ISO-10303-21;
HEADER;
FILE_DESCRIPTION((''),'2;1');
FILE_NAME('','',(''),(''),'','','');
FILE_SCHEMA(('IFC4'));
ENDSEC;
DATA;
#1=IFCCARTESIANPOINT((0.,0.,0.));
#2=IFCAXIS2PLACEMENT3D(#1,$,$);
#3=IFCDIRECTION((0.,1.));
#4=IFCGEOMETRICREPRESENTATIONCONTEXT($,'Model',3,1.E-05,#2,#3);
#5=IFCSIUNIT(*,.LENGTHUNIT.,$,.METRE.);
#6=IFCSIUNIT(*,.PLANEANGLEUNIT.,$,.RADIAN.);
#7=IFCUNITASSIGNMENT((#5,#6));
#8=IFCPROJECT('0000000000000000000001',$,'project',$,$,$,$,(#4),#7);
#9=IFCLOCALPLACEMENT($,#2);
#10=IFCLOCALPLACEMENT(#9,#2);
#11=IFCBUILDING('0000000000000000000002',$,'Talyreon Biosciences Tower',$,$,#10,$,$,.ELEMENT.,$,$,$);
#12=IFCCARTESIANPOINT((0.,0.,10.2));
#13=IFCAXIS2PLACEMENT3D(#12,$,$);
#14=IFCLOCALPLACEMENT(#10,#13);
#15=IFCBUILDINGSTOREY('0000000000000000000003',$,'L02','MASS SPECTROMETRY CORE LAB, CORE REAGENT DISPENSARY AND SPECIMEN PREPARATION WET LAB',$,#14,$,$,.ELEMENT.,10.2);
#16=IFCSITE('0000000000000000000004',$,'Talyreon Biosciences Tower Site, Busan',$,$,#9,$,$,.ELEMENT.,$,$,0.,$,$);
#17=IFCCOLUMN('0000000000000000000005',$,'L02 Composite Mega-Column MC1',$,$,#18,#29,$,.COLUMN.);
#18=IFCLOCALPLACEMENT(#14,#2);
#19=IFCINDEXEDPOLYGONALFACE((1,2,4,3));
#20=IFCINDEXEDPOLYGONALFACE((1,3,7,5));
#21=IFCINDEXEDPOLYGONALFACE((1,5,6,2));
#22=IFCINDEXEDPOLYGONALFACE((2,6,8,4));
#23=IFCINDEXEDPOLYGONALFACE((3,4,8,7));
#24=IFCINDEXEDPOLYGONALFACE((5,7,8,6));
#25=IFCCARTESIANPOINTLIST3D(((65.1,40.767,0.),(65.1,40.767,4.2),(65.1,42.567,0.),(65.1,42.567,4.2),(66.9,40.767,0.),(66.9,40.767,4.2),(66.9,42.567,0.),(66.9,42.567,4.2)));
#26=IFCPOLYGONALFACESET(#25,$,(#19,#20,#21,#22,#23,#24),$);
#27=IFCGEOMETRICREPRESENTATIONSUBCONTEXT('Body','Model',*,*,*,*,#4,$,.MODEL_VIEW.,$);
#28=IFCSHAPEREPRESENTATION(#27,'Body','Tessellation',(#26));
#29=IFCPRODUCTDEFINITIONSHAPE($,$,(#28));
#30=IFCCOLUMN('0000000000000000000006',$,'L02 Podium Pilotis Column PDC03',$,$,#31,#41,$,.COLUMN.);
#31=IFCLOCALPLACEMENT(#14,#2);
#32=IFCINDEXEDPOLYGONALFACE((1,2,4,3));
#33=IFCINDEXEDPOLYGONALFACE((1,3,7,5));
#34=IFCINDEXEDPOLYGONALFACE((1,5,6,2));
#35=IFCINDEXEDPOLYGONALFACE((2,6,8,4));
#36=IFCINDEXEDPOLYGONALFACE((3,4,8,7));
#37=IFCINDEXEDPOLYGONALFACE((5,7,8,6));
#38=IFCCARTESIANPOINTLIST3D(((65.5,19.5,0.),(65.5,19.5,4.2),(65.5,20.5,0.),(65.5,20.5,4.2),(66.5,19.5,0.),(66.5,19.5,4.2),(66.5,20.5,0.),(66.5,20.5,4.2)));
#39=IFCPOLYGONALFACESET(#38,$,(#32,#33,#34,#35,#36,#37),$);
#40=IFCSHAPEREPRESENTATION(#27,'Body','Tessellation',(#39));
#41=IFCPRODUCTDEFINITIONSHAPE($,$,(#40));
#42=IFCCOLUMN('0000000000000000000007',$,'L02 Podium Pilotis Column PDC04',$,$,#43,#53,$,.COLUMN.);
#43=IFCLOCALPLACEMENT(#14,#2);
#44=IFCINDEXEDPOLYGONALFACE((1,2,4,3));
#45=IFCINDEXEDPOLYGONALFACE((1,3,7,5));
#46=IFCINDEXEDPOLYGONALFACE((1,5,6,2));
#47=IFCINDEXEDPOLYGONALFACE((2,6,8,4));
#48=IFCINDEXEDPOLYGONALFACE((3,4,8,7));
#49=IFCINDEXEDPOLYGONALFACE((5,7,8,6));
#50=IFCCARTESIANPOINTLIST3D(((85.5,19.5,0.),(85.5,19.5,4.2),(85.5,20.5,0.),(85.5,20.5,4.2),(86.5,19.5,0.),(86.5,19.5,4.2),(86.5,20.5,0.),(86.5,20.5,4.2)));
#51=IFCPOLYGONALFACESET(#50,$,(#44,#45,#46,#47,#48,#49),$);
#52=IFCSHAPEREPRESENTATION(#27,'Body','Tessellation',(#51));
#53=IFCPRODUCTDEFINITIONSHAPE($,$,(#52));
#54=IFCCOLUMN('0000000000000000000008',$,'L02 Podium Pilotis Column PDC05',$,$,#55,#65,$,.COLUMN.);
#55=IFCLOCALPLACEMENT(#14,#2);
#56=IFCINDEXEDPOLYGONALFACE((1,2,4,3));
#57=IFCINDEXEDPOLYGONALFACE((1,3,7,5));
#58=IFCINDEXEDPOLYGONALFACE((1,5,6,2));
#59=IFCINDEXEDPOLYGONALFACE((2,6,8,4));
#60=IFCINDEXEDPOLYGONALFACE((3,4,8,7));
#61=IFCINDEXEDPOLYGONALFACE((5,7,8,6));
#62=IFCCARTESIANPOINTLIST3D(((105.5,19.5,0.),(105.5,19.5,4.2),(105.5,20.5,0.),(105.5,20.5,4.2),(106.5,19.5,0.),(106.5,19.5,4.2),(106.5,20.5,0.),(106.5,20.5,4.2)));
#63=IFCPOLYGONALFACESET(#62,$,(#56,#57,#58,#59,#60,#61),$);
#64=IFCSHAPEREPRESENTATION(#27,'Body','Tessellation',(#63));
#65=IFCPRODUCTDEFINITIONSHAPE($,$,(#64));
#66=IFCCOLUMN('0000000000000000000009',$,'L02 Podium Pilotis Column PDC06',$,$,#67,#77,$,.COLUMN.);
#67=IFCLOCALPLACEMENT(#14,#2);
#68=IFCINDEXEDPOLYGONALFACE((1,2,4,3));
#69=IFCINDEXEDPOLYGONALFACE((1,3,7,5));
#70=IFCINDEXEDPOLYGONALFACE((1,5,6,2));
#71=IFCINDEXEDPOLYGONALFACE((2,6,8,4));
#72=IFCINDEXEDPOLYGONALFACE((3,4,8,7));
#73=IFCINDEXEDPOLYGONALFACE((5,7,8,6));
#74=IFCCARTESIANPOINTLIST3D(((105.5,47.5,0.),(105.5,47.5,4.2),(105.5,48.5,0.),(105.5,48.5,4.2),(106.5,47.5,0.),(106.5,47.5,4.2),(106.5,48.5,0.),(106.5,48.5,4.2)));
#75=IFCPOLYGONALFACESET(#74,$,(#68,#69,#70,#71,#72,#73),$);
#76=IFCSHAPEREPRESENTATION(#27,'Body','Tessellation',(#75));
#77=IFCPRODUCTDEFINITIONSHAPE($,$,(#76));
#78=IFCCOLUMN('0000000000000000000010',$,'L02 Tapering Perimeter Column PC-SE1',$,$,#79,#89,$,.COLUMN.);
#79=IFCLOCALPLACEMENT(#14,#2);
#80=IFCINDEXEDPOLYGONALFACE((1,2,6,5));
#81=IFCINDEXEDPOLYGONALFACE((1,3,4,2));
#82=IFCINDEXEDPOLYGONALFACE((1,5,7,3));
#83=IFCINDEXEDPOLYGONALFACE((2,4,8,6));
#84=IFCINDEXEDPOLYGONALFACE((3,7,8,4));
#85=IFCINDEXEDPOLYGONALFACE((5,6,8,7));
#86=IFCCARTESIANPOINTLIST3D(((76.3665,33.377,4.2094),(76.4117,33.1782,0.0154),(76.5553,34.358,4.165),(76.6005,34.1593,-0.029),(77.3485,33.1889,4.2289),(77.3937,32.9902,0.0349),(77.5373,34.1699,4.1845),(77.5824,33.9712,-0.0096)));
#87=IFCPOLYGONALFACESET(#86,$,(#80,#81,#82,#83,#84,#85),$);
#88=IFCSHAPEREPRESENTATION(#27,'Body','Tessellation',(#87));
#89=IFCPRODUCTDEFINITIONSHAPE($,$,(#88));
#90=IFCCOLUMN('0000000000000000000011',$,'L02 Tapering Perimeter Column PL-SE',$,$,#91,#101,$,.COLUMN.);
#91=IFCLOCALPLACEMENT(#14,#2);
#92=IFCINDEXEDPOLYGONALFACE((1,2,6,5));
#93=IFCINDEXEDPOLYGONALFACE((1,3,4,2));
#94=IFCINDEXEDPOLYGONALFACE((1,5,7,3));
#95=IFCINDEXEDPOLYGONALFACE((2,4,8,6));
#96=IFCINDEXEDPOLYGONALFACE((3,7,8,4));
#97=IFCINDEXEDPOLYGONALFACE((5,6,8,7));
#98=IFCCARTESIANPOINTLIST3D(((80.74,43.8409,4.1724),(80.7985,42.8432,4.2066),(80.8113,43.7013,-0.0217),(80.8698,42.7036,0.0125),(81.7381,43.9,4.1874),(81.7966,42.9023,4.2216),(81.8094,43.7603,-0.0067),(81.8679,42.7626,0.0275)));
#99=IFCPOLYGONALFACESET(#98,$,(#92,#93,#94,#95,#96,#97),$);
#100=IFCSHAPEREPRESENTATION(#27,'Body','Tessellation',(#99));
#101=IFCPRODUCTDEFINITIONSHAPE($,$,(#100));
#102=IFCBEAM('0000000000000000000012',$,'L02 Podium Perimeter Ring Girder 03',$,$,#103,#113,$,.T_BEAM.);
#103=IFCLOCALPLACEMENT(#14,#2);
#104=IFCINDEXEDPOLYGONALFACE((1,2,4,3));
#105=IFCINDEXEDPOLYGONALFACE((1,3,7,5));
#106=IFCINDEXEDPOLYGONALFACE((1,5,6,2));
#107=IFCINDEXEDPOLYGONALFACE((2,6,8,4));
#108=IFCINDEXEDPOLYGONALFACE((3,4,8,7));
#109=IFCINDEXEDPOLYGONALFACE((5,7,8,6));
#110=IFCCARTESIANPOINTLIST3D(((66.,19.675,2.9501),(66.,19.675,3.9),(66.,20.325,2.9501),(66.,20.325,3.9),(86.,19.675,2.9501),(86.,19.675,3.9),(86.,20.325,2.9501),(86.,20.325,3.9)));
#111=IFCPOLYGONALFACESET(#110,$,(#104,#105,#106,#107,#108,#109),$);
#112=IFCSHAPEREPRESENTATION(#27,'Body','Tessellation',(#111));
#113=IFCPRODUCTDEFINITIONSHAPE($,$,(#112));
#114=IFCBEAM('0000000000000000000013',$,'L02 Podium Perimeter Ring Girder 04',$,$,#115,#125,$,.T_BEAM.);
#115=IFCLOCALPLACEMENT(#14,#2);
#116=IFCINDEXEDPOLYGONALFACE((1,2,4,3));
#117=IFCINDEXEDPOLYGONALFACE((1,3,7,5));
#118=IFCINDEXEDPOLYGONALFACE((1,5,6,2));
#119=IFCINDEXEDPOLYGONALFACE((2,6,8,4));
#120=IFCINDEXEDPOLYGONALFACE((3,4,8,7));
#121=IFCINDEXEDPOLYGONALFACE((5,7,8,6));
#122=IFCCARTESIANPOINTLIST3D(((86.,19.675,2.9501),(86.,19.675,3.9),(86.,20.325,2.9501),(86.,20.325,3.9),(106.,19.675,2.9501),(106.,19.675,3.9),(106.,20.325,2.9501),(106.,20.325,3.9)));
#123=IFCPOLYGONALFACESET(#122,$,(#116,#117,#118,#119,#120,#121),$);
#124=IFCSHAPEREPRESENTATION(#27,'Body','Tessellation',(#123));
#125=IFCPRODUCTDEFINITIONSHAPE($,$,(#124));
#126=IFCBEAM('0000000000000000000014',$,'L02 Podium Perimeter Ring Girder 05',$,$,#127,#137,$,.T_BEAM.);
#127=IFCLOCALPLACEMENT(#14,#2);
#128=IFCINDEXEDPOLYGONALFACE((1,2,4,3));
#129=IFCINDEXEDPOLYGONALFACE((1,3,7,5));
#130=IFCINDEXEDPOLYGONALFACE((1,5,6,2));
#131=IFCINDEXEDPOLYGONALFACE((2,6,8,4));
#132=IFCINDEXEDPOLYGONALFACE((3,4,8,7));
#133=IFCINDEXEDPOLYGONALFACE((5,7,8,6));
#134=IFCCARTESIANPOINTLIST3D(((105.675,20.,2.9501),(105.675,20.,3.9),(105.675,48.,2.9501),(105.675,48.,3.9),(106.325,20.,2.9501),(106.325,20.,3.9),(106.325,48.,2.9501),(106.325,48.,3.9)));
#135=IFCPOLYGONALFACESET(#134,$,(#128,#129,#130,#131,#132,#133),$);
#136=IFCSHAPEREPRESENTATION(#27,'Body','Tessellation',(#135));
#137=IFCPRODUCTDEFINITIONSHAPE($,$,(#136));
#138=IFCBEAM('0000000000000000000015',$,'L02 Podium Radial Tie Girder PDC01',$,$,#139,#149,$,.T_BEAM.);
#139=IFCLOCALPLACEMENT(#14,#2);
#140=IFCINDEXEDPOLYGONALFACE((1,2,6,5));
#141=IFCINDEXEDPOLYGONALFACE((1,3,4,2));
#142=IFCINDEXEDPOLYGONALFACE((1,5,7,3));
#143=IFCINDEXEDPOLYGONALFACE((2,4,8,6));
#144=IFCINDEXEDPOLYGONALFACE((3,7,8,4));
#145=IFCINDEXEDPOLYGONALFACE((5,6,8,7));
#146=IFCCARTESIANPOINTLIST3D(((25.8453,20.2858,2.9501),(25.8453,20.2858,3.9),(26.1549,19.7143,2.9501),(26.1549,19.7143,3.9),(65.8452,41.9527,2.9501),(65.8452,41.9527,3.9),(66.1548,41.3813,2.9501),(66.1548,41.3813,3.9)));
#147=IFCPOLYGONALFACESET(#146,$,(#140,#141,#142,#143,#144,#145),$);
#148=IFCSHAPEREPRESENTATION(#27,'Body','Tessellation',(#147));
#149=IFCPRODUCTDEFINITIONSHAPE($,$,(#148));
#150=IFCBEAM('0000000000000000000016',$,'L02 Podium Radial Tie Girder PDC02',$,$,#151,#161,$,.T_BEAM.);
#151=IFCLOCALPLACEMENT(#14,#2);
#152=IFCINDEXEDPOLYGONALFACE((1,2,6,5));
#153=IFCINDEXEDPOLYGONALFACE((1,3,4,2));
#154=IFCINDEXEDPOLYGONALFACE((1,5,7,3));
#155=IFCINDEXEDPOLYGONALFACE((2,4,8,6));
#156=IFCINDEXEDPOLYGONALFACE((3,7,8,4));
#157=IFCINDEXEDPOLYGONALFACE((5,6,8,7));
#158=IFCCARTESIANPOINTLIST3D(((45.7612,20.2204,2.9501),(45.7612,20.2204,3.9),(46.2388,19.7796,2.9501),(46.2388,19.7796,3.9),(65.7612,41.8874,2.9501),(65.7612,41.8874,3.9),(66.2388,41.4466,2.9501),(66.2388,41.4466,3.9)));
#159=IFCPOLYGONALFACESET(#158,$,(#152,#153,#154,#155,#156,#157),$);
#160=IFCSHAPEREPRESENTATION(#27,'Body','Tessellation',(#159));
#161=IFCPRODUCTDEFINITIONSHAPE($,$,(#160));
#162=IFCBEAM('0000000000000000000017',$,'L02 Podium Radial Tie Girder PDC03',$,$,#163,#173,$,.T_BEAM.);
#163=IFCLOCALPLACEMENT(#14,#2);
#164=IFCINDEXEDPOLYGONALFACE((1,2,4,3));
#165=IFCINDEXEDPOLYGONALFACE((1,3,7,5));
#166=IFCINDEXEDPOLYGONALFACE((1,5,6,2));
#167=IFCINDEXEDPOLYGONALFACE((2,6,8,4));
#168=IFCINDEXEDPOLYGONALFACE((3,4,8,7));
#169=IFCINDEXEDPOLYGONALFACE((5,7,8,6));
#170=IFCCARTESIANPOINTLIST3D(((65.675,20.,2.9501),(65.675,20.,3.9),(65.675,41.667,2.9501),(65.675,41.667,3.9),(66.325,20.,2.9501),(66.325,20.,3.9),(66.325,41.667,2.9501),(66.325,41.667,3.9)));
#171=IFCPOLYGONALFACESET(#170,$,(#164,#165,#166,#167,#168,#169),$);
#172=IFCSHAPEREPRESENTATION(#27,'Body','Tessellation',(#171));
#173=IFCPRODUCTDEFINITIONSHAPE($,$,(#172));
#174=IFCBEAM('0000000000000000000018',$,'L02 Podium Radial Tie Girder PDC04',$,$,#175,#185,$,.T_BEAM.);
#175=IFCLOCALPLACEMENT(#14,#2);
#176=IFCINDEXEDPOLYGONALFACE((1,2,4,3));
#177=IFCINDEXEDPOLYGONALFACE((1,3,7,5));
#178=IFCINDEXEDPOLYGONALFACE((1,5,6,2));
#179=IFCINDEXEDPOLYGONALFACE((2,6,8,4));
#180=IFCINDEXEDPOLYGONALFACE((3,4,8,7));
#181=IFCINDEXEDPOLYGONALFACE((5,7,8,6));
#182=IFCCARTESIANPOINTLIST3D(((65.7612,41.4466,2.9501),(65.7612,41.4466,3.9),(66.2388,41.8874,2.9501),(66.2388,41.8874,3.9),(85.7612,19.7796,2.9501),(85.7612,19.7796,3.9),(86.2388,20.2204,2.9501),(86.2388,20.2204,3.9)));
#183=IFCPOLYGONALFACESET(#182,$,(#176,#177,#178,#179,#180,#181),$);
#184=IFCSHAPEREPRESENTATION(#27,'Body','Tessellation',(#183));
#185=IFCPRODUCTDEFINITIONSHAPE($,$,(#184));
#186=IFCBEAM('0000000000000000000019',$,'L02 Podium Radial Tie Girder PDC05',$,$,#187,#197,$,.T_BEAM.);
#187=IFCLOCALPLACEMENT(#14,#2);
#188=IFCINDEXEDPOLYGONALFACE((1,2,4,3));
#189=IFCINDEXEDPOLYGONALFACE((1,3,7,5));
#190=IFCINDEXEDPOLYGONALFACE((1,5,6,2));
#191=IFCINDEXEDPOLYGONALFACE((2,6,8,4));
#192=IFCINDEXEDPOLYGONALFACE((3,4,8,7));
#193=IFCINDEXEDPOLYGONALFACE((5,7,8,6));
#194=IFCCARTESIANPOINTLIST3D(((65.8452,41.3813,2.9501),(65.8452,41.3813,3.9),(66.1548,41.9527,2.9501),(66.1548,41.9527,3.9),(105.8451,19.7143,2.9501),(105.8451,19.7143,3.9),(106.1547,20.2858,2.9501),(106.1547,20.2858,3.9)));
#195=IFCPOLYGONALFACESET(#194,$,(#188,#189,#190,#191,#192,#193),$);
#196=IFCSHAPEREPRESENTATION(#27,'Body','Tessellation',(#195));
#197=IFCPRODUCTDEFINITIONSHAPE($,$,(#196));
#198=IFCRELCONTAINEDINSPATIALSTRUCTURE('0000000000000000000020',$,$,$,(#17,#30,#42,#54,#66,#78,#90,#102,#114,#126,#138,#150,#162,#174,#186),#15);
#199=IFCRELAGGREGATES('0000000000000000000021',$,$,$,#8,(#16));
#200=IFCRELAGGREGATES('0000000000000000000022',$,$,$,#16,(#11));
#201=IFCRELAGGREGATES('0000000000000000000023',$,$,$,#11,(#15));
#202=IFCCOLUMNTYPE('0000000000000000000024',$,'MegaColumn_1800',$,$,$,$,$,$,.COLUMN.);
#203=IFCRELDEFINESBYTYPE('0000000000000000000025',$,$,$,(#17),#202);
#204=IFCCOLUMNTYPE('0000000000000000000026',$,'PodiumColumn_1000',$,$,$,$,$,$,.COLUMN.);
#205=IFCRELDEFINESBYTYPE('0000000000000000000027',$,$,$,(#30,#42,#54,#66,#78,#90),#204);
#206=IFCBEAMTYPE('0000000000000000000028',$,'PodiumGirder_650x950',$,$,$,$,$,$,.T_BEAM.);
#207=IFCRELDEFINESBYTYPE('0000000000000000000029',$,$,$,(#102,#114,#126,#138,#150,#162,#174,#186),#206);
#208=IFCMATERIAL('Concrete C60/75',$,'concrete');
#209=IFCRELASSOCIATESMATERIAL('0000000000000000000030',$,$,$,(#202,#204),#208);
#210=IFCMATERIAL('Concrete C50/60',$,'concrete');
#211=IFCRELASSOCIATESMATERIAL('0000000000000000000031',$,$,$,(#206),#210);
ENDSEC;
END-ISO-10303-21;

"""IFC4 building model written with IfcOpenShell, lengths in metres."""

from ifc_helpers import new_model, si_unit, direction, frame, origin, origin_2d, place, context, subcontext, project, spatial, rectangle, extrude, material, material_profile, profile_set, type_object, element, save


model = new_model("IFC4")

# Units and contexts
model_context = context("Model", 3, precision=1e-05, world=origin(), true_north=direction((0.0, 1.0)))
body_context = subcontext(model_context, "Body", "Model", "MODEL_VIEW")
ifc_project = project(units=[si_unit("LENGTHUNIT", "METRE"), si_unit("PLANEANGLEUNIT", "RADIAN")], contexts=[model_context])

# Site, building, storey
site_placement = place(None, origin())
site = spatial("IfcSite", under=ifc_project, at=site_placement, Name="Talyreon Biosciences Tower Site, Busan", CompositionType="ELEMENT", RefElevation=0.0)
building_placement = place(site_placement, origin())
building = spatial("IfcBuilding", under=site, at=building_placement, Name="Talyreon Biosciences Tower", CompositionType="ELEMENT")
storey_placement = place(building_placement, frame((0.0, 0.0, 10.2)))
storey = spatial("IfcBuildingStorey", under=building, at=storey_placement, Name="L02", Description="MASS SPECTROMETRY CORE LAB, CORE REAGENT DISPENSARY AND SPECIMEN PREPARATION WET LAB", CompositionType="ELEMENT", Elevation=10.2)

# Columns
ifc_material_1 = material(Name="Concrete C60/75", Category="concrete")
ifc_material_profile_1 = material_profile(ifc_material_1, rectangle(XDim=1.8, YDim=1.8, at=origin_2d()), Name="RC 1800x1800")
ifc_profile_set_1 = profile_set([ifc_material_profile_1], Name="Concrete C60/75")
column_type_1 = type_object("IfcColumnType", Name="MegaColumn_1800", PredefinedType="COLUMN", material=ifc_profile_set_1)
column_1_placement = place(storey_placement, frame((66.0, 41.667, 0.0), z_axis=(0.0, 0.0, 1.0), x_axis=(1.0, 0.0, 0.0)))
element("IfcColumn", 1, at=column_1_placement, inside=storey, type_object=column_type_1, Name="L02 Composite Mega-Column MC1", PredefinedType="COLUMN", context=body_context, shape_type="SweptSolid", body=[
    extrude(rectangle(XDim=1.8, YDim=1.8, at=origin_2d()), origin(), (0.0, 0.0, 1.0), 4.2),
])
ifc_material_profile_2 = material_profile(ifc_material_1, rectangle(XDim=1.0, YDim=1.0, at=origin_2d()), Name="RC 1000x1000")
ifc_profile_set_2 = profile_set([ifc_material_profile_2], Name="Concrete C60/75")
column_type_2 = type_object("IfcColumnType", Name="PodiumColumn_1000", PredefinedType="COLUMN", material=ifc_profile_set_2)
for number, where, z_axis, x_axis, name in (
    (2, (66.0, 20.0, 0.0), (0.0, 0.0, 1.0), (1.0, 0.0, 0.0), "L02 Podium Pilotis Column PDC03"),
    (3, (86.0, 20.0, 0.0), (0.0, 0.0, 1.0), (1.0, 0.0, 0.0), "L02 Podium Pilotis Column PDC04"),
    (4, (106.0, 20.0, 0.0), (0.0, 0.0, 1.0), (1.0, 0.0, 0.0), "L02 Podium Pilotis Column PDC05"),
    (5, (106.0, 48.0, 0.0), (0.0, 0.0, 1.0), (1.0, 0.0, 0.0), "L02 Podium Pilotis Column PDC06"),
):
    element("IfcColumn", number, at=place(storey_placement, frame(where, z_axis=z_axis, x_axis=x_axis)), inside=storey, type_object=column_type_2, Name=name, PredefinedType="COLUMN", context=body_context, shape_type="SweptSolid", body=[
        extrude(rectangle(XDim=1.0, YDim=1.0, at=origin_2d()), origin(), (0.0, 0.0, 1.0), 4.2),
    ])
column_2_placement = place(storey_placement, frame((76.9971, 33.5747, 0.0029), z_axis=(-0.010756, 0.047328, 0.998822), x_axis=(-0.188782, -0.981013, 0.044451)))
element("IfcColumn", 6, at=column_2_placement, inside=storey, type_object=column_type_2, Name="L02 Tapering Perimeter Column PC-SE1", PredefinedType="COLUMN", context=body_context, shape_type="SweptSolid", body=[
    extrude(rectangle(XDim=1.0, YDim=1.0, at=origin_2d()), origin(), (0.0, 0.0, 1.0), 4.199),
])
column_3_placement = place(storey_placement, frame((81.3396, 43.2319, 0.0029), z_axis=(-0.016986, 0.033273, 0.999302), x_axis=(0.058525, -0.997699, 0.034215)))
element("IfcColumn", 7, at=column_3_placement, inside=storey, type_object=column_type_2, Name="L02 Tapering Perimeter Column PL-SE", PredefinedType="COLUMN", context=body_context, shape_type="SweptSolid", body=[
    extrude(rectangle(XDim=1.0, YDim=1.0, at=origin_2d()), origin(), (0.0, 0.0, 1.0), 4.197),
])

# Beams
ifc_material_2 = material(Name="Concrete C50/60", Category="concrete")
ifc_material_profile_3 = material_profile(ifc_material_2, rectangle(XDim=0.6499, YDim=0.95, at=origin_2d()), Name="RCB 650x950")
ifc_profile_set_3 = profile_set([ifc_material_profile_3], Name="Concrete C50/60")
beam_type_1 = type_object("IfcBeamType", Name="PodiumGirder_650x950", PredefinedType="T_BEAM", material=ifc_profile_set_3)
for number, where, z_axis, x_axis, name in (
    (8, (66.0, 20.0, 3.425), (1.0, 0.0, 0.0), (0.0, 1.0, 0.0), "L02 Podium Perimeter Ring Girder 03"),
    (9, (86.0, 20.0, 3.425), (1.0, 0.0, 0.0), (0.0, 1.0, 0.0), "L02 Podium Perimeter Ring Girder 04"),
):
    element("IfcBeam", number, at=place(storey_placement, frame(where, z_axis=z_axis, x_axis=x_axis)), inside=storey, type_object=beam_type_1, Name=name, PredefinedType="T_BEAM", context=body_context, shape_type="SweptSolid", body=[
        extrude(rectangle(XDim=0.6499, YDim=0.95, at=origin_2d()), origin(), (0.0, 0.0, 1.0), 20.0),
    ])
beam_1_placement = place(storey_placement, frame((106.0, 20.0, 3.425), z_axis=(0.0, 1.0, 0.0), x_axis=(-1.0, 0.0, 0.0)))
element("IfcBeam", 10, at=beam_1_placement, inside=storey, type_object=beam_type_1, Name="L02 Podium Perimeter Ring Girder 05", PredefinedType="T_BEAM", context=body_context, shape_type="SweptSolid", body=[
    extrude(rectangle(XDim=0.6499, YDim=0.95, at=origin_2d()), origin(), (0.0, 0.0, 1.0), 28.0),
])
beam_2_placement = place(storey_placement, frame((66.0, 41.667, 3.425), z_axis=(-0.879289, -0.476289, 0.0), x_axis=(0.476289, -0.879289, 0.0)))
element("IfcBeam", 11, at=beam_2_placement, inside=storey, type_object=beam_type_1, Name="L02 Podium Radial Tie Girder PDC01", PredefinedType="T_BEAM", context=body_context, shape_type="SweptSolid", body=[
    extrude(rectangle(XDim=0.6499, YDim=0.95, at=origin_2d()), origin(), (0.0, 0.0, 1.0), 45.4912),
])
beam_3_placement = place(storey_placement, frame((66.0, 41.667, 3.425), z_axis=(-0.678275, -0.734809, 0.0), x_axis=(0.734809, -0.678275, 0.0)))
element("IfcBeam", 12, at=beam_3_placement, inside=storey, type_object=beam_type_1, Name="L02 Podium Radial Tie Girder PDC02", PredefinedType="T_BEAM", context=body_context, shape_type="SweptSolid", body=[
    extrude(rectangle(XDim=0.6499, YDim=0.95, at=origin_2d()), origin(), (0.0, 0.0, 1.0), 29.4866),
])
beam_4_placement = place(storey_placement, frame((66.0, 41.667, 3.425), z_axis=(0.0, -1.0, 0.0), x_axis=(1.0, 0.0, 0.0)))
element("IfcBeam", 13, at=beam_4_placement, inside=storey, type_object=beam_type_1, Name="L02 Podium Radial Tie Girder PDC03", PredefinedType="T_BEAM", context=body_context, shape_type="SweptSolid", body=[
    extrude(rectangle(XDim=0.6499, YDim=0.95, at=origin_2d()), origin(), (0.0, 0.0, 1.0), 21.667),
])
beam_5_placement = place(storey_placement, frame((66.0, 41.667, 3.425), z_axis=(0.678275, -0.734809, 0.0), x_axis=(0.734809, 0.678275, 0.0)))
element("IfcBeam", 14, at=beam_5_placement, inside=storey, type_object=beam_type_1, Name="L02 Podium Radial Tie Girder PDC04", PredefinedType="T_BEAM", context=body_context, shape_type="SweptSolid", body=[
    extrude(rectangle(XDim=0.6499, YDim=0.95, at=origin_2d()), origin(), (0.0, 0.0, 1.0), 29.4866),
])
beam_6_placement = place(storey_placement, frame((66.0, 41.667, 3.425), z_axis=(0.879289, -0.476289, 0.0), x_axis=(0.476289, 0.879289, 0.0)))
element("IfcBeam", 15, at=beam_6_placement, inside=storey, type_object=beam_type_1, Name="L02 Podium Radial Tie Girder PDC05", PredefinedType="T_BEAM", context=body_context, shape_type="SweptSolid", body=[
    extrude(rectangle(XDim=0.6499, YDim=0.95, at=origin_2d()), origin(), (0.0, 0.0, 1.0), 45.4912),
])

save(model, "model.ifc")
